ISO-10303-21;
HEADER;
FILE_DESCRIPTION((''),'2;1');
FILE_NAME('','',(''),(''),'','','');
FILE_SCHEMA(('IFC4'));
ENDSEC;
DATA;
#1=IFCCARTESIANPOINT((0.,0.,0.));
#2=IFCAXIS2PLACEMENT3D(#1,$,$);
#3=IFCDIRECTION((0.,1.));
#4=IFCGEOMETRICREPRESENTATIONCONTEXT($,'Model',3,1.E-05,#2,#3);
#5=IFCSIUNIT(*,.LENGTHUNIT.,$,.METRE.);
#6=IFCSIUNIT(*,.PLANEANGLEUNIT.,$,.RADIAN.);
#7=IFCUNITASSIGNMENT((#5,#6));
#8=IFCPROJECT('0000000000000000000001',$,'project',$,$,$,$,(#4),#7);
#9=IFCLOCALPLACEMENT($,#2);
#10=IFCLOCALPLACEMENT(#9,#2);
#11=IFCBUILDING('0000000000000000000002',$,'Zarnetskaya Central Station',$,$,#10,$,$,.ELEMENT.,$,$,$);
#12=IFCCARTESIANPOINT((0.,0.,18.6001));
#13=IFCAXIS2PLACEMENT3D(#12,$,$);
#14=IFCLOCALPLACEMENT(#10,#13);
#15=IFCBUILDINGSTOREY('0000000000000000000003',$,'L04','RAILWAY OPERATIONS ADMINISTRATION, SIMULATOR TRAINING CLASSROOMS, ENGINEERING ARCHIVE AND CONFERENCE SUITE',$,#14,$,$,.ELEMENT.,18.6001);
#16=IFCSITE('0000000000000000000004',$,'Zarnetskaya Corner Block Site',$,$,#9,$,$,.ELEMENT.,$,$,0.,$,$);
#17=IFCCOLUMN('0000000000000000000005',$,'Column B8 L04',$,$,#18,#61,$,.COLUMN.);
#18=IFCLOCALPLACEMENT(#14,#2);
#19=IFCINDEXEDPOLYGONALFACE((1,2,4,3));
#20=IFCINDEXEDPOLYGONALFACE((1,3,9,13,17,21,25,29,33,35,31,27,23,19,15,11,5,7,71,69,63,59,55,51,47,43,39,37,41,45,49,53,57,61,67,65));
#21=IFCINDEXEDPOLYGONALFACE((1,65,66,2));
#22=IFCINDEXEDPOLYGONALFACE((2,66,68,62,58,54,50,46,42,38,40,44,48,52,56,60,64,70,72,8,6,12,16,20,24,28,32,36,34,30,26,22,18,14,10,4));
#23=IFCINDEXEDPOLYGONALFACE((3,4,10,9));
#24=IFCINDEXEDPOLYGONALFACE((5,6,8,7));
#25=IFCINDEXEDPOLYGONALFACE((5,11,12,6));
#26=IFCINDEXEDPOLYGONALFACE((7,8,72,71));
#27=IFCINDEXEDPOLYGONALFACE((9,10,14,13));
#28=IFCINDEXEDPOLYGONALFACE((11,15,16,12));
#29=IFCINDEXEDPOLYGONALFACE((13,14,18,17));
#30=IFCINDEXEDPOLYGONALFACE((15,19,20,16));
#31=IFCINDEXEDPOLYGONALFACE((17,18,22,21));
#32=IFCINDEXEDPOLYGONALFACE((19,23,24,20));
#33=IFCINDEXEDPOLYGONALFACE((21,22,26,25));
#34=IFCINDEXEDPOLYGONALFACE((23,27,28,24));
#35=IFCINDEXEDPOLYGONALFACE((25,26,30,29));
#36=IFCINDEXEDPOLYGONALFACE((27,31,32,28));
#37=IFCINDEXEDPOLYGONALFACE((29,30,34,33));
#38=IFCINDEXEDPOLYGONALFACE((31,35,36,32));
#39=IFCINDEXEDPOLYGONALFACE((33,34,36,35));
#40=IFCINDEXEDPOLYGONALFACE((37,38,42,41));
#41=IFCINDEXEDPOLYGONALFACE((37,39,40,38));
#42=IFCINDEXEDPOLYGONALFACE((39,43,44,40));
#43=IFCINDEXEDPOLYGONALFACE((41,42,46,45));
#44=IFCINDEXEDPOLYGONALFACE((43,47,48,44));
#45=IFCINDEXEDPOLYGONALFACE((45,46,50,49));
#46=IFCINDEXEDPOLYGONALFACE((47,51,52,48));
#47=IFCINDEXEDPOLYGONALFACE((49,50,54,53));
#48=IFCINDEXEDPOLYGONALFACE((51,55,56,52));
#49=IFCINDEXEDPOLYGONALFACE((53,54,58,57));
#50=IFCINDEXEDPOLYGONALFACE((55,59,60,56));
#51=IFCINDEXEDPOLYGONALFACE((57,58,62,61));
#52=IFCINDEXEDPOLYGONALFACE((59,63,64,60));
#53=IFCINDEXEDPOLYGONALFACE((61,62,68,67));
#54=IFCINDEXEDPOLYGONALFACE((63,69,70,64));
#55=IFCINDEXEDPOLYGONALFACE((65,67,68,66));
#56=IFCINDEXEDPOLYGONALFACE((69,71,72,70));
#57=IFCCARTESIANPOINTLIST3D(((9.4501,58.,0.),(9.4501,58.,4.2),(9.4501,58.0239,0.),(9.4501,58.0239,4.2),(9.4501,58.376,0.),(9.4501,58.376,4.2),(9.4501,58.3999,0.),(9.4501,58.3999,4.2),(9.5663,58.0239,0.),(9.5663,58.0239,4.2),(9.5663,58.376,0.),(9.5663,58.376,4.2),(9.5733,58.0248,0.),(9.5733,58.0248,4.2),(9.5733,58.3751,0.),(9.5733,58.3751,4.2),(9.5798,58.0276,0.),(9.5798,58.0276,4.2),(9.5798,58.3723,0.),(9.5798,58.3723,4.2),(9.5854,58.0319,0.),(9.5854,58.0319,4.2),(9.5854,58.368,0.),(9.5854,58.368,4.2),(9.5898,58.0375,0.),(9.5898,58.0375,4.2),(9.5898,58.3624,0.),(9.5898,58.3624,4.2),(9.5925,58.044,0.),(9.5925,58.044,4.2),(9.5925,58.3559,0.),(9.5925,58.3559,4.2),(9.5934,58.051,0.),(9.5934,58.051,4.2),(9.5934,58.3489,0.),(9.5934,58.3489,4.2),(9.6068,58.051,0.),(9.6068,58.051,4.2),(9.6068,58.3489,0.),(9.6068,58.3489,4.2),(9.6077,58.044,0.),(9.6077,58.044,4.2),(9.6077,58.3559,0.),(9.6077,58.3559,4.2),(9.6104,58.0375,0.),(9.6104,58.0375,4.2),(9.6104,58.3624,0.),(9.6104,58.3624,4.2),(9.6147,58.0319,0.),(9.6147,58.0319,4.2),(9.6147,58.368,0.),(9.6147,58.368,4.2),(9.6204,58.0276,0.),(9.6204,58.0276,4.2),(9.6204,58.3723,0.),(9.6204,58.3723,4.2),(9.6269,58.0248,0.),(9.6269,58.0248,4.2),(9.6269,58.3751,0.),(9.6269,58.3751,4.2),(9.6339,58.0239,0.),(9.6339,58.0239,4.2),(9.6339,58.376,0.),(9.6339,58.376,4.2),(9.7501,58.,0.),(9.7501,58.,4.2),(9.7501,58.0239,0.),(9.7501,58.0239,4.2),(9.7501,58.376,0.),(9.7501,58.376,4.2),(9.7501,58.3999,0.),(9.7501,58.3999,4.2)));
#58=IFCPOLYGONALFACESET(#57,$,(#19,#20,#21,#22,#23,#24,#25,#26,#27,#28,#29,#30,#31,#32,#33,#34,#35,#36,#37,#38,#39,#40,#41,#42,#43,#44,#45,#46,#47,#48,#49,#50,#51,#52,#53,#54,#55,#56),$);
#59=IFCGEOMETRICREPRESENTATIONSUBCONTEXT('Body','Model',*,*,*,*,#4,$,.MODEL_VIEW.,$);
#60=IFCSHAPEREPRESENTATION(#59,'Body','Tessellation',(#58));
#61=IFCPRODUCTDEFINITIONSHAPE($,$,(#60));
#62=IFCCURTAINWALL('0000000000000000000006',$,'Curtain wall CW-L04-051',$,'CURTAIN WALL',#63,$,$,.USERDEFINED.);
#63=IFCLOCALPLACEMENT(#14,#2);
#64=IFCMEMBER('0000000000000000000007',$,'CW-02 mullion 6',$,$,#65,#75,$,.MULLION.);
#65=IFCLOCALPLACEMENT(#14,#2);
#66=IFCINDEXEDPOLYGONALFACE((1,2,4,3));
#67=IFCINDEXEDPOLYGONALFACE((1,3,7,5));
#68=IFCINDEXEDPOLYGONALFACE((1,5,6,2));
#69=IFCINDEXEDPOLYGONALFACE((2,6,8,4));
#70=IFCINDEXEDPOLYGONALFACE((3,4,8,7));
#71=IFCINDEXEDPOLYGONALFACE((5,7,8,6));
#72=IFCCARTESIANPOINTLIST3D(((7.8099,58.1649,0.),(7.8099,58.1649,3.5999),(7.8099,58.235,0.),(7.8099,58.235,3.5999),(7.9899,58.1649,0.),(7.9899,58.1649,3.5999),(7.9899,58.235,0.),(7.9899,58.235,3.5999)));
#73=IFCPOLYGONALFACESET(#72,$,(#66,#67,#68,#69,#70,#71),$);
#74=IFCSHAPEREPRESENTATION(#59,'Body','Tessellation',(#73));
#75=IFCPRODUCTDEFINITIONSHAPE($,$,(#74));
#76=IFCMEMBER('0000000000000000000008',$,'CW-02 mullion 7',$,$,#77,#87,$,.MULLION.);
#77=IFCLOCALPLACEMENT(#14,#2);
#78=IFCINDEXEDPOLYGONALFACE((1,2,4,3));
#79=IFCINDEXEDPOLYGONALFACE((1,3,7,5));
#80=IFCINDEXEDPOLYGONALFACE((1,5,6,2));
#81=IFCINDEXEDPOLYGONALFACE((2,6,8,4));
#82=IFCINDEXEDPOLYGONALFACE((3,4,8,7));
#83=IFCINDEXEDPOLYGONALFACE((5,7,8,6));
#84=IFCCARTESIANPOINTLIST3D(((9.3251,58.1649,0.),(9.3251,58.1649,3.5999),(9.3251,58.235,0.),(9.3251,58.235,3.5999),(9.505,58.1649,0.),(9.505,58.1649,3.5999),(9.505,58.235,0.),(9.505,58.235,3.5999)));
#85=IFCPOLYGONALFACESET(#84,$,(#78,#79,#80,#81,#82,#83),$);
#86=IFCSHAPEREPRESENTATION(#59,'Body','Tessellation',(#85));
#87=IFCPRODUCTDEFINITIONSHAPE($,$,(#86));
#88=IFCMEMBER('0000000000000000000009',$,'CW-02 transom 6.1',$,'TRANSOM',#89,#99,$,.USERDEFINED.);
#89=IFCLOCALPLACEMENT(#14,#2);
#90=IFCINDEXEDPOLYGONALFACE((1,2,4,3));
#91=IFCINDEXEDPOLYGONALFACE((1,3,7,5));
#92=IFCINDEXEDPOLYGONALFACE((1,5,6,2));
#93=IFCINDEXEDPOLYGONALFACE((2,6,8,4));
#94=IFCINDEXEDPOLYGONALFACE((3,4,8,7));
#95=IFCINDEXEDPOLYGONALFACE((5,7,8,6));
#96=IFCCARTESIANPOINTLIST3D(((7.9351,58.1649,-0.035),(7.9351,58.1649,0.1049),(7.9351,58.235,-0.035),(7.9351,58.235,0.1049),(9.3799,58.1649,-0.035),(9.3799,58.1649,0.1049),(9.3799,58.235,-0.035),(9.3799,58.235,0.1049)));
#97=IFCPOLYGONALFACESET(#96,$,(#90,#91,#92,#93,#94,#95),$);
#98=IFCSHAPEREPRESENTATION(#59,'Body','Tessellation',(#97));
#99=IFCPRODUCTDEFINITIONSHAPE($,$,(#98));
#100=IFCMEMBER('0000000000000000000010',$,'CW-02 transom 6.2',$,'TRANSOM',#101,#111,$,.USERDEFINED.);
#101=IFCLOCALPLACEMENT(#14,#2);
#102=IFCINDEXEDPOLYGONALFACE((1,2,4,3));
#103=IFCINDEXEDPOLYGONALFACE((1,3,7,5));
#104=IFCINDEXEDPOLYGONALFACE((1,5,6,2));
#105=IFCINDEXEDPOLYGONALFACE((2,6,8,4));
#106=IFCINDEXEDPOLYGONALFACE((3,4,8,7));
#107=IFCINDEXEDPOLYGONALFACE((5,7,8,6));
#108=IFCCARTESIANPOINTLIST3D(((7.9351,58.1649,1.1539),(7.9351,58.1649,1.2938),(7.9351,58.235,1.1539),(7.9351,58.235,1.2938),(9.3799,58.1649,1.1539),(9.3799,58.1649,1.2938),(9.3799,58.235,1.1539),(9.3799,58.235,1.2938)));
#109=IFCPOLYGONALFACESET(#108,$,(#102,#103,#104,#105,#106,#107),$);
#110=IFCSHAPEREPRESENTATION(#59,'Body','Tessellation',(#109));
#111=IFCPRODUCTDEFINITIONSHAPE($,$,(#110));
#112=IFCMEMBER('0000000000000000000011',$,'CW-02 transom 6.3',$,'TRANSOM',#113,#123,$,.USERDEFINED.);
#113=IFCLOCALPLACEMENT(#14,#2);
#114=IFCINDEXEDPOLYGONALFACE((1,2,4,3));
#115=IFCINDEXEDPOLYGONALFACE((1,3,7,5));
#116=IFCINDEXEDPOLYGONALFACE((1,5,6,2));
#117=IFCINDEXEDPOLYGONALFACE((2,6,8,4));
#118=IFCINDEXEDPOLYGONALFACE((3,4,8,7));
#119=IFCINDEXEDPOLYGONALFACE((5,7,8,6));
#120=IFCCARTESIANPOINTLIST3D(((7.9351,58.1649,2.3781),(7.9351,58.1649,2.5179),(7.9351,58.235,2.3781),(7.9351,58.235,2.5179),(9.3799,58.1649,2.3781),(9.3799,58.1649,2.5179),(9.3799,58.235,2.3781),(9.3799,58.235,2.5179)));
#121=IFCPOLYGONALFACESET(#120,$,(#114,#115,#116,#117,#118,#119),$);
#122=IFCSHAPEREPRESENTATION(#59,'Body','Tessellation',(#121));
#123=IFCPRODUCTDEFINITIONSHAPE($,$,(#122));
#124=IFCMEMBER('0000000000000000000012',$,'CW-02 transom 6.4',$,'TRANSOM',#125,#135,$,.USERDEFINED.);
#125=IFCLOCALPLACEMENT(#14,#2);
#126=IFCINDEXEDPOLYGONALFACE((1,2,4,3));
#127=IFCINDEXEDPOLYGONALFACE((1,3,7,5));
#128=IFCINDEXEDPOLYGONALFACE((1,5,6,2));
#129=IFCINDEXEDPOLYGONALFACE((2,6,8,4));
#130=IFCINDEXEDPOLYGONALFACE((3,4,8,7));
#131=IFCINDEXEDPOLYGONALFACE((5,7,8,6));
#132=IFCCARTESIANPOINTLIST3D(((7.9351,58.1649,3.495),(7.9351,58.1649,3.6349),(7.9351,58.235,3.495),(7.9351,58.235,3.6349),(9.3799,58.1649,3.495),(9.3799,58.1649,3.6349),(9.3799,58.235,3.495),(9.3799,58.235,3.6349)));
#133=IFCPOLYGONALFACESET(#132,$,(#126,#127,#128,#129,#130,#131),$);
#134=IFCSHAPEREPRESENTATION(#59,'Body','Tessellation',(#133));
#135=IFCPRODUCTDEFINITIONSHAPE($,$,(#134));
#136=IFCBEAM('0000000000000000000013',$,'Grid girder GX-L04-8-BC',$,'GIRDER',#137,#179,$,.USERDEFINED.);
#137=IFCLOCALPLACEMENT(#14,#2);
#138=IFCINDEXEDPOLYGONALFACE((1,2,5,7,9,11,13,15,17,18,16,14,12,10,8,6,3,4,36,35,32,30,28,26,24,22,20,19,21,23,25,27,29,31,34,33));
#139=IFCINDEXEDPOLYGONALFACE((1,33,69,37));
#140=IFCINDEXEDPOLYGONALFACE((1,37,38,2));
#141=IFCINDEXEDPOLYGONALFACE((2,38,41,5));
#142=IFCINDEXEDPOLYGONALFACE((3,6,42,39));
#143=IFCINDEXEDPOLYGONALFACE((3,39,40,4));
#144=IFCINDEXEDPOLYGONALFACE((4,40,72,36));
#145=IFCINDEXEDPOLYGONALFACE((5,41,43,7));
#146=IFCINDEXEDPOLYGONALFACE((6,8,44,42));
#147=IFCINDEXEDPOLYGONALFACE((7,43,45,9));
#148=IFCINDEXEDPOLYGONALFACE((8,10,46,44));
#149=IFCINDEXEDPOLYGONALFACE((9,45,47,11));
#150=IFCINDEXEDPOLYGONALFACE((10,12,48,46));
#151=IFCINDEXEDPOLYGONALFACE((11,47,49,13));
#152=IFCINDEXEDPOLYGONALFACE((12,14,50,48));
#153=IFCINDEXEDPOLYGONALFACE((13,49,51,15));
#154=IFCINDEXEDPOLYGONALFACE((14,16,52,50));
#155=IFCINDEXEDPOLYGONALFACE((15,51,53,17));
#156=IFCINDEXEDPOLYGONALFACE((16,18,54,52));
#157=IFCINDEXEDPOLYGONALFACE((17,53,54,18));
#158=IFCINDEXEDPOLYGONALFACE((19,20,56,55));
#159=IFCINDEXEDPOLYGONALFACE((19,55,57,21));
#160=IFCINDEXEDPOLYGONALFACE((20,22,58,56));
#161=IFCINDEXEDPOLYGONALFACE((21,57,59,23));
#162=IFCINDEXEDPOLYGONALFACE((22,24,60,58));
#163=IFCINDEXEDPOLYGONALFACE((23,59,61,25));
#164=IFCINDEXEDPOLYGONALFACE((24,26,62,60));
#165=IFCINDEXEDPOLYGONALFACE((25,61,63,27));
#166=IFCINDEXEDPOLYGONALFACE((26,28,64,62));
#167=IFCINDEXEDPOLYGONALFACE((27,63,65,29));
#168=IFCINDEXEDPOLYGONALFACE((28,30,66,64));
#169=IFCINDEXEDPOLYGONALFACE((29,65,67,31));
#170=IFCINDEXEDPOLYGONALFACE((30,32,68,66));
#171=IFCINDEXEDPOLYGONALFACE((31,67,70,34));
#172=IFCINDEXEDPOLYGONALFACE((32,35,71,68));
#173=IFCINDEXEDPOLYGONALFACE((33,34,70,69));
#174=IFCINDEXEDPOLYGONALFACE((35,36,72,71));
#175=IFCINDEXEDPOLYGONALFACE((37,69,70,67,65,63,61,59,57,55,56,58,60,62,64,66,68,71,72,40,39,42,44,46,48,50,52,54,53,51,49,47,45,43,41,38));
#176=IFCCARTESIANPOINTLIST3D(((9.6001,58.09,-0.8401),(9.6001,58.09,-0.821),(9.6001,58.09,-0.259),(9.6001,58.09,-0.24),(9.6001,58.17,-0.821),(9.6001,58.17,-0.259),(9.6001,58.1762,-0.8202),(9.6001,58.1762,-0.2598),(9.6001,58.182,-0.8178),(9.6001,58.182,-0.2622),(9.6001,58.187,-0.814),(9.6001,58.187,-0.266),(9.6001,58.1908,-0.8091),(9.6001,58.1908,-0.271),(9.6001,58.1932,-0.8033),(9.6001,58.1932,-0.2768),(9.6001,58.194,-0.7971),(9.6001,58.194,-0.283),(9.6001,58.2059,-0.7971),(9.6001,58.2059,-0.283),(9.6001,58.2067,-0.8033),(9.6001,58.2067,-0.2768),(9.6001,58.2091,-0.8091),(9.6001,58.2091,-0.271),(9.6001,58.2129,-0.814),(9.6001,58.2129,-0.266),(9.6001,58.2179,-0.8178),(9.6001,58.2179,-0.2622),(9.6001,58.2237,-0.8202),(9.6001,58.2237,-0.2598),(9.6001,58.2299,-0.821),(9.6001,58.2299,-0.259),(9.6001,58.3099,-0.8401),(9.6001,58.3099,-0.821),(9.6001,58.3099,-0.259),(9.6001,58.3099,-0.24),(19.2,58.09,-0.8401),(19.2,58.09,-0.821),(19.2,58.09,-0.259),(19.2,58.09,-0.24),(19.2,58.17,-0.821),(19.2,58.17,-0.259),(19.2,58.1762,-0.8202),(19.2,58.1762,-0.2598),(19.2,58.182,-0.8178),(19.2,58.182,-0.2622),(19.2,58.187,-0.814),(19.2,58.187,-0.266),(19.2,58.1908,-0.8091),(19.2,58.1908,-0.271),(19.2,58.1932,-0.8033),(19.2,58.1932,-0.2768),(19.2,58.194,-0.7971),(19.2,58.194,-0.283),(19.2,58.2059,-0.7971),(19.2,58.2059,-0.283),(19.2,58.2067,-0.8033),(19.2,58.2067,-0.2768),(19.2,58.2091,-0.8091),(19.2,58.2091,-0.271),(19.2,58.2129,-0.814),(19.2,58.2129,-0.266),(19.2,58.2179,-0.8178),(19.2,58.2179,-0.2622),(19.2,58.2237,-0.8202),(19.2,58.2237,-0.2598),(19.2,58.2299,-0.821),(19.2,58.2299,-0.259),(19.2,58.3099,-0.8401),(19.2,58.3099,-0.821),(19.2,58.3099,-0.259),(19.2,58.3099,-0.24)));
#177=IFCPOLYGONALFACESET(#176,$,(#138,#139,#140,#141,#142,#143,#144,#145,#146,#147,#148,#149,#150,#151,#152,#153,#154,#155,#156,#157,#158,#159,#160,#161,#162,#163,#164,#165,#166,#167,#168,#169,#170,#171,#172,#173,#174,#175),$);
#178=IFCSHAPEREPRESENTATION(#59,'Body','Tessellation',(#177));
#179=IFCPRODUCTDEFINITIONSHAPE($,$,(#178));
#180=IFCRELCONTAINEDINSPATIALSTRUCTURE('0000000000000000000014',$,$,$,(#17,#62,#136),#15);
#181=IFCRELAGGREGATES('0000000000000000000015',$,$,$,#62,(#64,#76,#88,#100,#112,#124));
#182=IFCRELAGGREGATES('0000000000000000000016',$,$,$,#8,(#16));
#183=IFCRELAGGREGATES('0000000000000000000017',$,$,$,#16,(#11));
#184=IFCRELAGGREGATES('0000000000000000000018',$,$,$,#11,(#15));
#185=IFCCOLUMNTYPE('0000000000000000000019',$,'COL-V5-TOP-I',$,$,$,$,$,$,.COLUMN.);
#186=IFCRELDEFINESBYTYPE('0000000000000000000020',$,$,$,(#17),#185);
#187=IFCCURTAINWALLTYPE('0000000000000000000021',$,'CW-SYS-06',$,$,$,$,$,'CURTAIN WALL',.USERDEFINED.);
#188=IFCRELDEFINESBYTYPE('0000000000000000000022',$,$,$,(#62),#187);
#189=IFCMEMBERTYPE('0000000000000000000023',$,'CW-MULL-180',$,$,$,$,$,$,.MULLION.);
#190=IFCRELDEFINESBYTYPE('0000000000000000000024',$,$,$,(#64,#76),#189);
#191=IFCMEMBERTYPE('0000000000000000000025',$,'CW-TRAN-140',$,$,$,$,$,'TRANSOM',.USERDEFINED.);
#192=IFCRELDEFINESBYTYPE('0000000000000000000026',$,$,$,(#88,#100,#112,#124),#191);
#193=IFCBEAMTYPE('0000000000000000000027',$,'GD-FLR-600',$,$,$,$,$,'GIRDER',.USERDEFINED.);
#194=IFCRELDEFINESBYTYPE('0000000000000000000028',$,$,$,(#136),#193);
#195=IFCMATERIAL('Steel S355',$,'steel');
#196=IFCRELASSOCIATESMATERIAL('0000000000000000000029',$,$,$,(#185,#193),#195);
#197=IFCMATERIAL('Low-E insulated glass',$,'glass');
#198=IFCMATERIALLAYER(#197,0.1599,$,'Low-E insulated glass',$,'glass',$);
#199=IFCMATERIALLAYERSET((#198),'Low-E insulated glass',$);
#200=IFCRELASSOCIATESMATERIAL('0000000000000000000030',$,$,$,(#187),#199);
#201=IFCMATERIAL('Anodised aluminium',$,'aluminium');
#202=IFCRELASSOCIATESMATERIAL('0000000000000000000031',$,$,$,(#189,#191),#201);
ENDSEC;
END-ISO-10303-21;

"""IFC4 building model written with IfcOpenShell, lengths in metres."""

from ifc_helpers import new_model, si_unit, direction, frame, origin, origin_2d, place, context, subcontext, project, spatial, rectangle, i_section, extrude, material, layer, layer_set, material_profile, profile_set, type_object, element, aggregate, save


model = new_model("IFC4")

# Units and contexts
model_context = context("Model", 3, precision=1e-05, world=origin(), true_north=direction((0.0, 1.0)))
body_context = subcontext(model_context, "Body", "Model", "MODEL_VIEW")
ifc_project = project(units=[si_unit("LENGTHUNIT", "METRE"), si_unit("PLANEANGLEUNIT", "RADIAN")], contexts=[model_context])

# Site, building, storey
site_placement = place(None, origin())
site = spatial("IfcSite", under=ifc_project, at=site_placement, Name="Zarnetskaya Corner Block Site", CompositionType="ELEMENT", RefElevation=0.0)
building_placement = place(site_placement, origin())
building = spatial("IfcBuilding", under=site, at=building_placement, Name="Zarnetskaya Central Station", CompositionType="ELEMENT")
storey_placement = place(building_placement, frame((0.0, 0.0, 18.6001)))
storey = spatial("IfcBuildingStorey", under=building, at=storey_placement, Name="L04", Description="RAILWAY OPERATIONS ADMINISTRATION, SIMULATOR TRAINING CLASSROOMS, ENGINEERING ARCHIVE AND CONFERENCE SUITE", CompositionType="ELEMENT", Elevation=18.6001)

# Column
ifc_material_1 = material(Name="Steel S355", Category="steel")
ifc_material_profile_1 = material_profile(ifc_material_1, i_section(OverallWidth=0.3, OverallDepth=0.3999, WebThickness=0.0134, FlangeThickness=0.0239, FilletRadius=0.0271, at=origin_2d()), Name="HEB 400")
ifc_profile_set_1 = profile_set([ifc_material_profile_1], Name="Steel S355")
column_type = type_object("IfcColumnType", Name="COL-V5-TOP-I", PredefinedType="COLUMN", material=ifc_profile_set_1)
column_placement = place(storey_placement, frame((9.6001, 58.2, 0.0), z_axis=(0.0, 0.0, 1.0), x_axis=(1.0, 0.0, 0.0)))
element("IfcColumn", 1, at=column_placement, inside=storey, type_object=column_type, Name="Column B8 L04", PredefinedType="COLUMN", context=body_context, shape_type="SweptSolid", body=[
    extrude(i_section(OverallWidth=0.3, OverallDepth=0.3999, WebThickness=0.0134, FlangeThickness=0.0239, FilletRadius=0.0271, at=origin_2d()), origin(), (0.0, 0.0, 1.0), 4.2),
])

# Curtain wall, members
ifc_material_2 = material(Name="Low-E insulated glass", Category="glass")
ifc_layer_1 = layer(ifc_material_2, 0.1599, Name="Low-E insulated glass", Category="glass")
ifc_layer_set_1 = layer_set([ifc_layer_1], Name="Low-E insulated glass")
curtain_wall_type = type_object("IfcCurtainWallType", Name="CW-SYS-06", ElementType="CURTAIN WALL", PredefinedType="USERDEFINED", material=ifc_layer_set_1)
curtain_wall_placement = place(storey_placement, origin())
curtain_wall = element("IfcCurtainWall", 2, at=curtain_wall_placement, inside=storey, type_object=curtain_wall_type, Name="Curtain wall CW-L04-051", ObjectType="CURTAIN WALL", PredefinedType="USERDEFINED")
ifc_material_3 = material(Name="Anodised aluminium", Category="aluminium")
ifc_material_profile_2 = material_profile(ifc_material_3, rectangle(XDim=0.0701, YDim=0.1799, at=origin_2d()), Name="ALU MULL 70x180")
ifc_profile_set_2 = profile_set([ifc_material_profile_2], Name="Anodised aluminium")
member_type_1 = type_object("IfcMemberType", Name="CW-MULL-180", PredefinedType="MULLION", material=ifc_profile_set_2)
member_1_placement = place(storey_placement, frame((7.8999, 58.2, 0.0), z_axis=(0.0, 0.0, 1.0), x_axis=(0.0, 1.0, 0.0)))
member_1 = element("IfcMember", 3, at=member_1_placement, type_object=member_type_1, Name="CW-02 mullion 6", PredefinedType="MULLION", context=body_context, shape_type="SweptSolid", body=[
    extrude(rectangle(XDim=0.0701, YDim=0.1799, at=origin_2d()), origin(), (0.0, 0.0, 1.0), 3.5999),
])
member_2_placement = place(storey_placement, frame((9.415, 58.2, 0.0), z_axis=(0.0, 0.0, 1.0), x_axis=(0.0, 1.0, 0.0)))
member_2 = element("IfcMember", 4, at=member_2_placement, type_object=member_type_1, Name="CW-02 mullion 7", PredefinedType="MULLION", context=body_context, shape_type="SweptSolid", body=[
    extrude(rectangle(XDim=0.0701, YDim=0.1799, at=origin_2d()), origin(), (0.0, 0.0, 1.0), 3.5999),
])
ifc_material_profile_3 = material_profile(ifc_material_3, rectangle(XDim=0.0701, YDim=0.1399, at=origin_2d()), Name="ALU TRAN 70x140")
ifc_profile_set_3 = profile_set([ifc_material_profile_3], Name="Anodised aluminium")
member_type_2 = type_object("IfcMemberType", Name="CW-TRAN-140", ElementType="TRANSOM", PredefinedType="USERDEFINED", material=ifc_profile_set_3)
member_3_placement = place(storey_placement, frame((7.9351, 58.2, 0.0349), z_axis=(1.0, 0.0, 0.0), x_axis=(0.0, 1.0, 0.0)))
member_3 = element("IfcMember", 5, at=member_3_placement, type_object=member_type_2, Name="CW-02 transom 6.1", ObjectType="TRANSOM", PredefinedType="USERDEFINED", context=body_context, shape_type="SweptSolid", body=[
    extrude(rectangle(XDim=0.0701, YDim=0.1399, at=origin_2d()), origin(), (0.0, 0.0, 1.0), 1.4448),
])
member_4_placement = place(storey_placement, frame((7.9351, 58.2, 1.2239), z_axis=(1.0, 0.0, 0.0), x_axis=(0.0, 1.0, 0.0)))
member_4 = element("IfcMember", 6, at=member_4_placement, type_object=member_type_2, Name="CW-02 transom 6.2", ObjectType="TRANSOM", PredefinedType="USERDEFINED", context=body_context, shape_type="SweptSolid", body=[
    extrude(rectangle(XDim=0.0701, YDim=0.1399, at=origin_2d()), origin(), (0.0, 0.0, 1.0), 1.4448),
])
member_5_placement = place(storey_placement, frame((7.9351, 58.2, 2.448), z_axis=(1.0, 0.0, 0.0), x_axis=(0.0, 1.0, 0.0)))
member_5 = element("IfcMember", 7, at=member_5_placement, type_object=member_type_2, Name="CW-02 transom 6.3", ObjectType="TRANSOM", PredefinedType="USERDEFINED", context=body_context, shape_type="SweptSolid", body=[
    extrude(rectangle(XDim=0.0701, YDim=0.1399, at=origin_2d()), origin(), (0.0, 0.0, 1.0), 1.4448),
])
member_6_placement = place(storey_placement, frame((7.9351, 58.2, 3.5649), z_axis=(1.0, 0.0, 0.0), x_axis=(0.0, 1.0, 0.0)))
member_6 = element("IfcMember", 8, at=member_6_placement, type_object=member_type_2, Name="CW-02 transom 6.4", ObjectType="TRANSOM", PredefinedType="USERDEFINED", context=body_context, shape_type="SweptSolid", body=[
    extrude(rectangle(XDim=0.0701, YDim=0.1399, at=origin_2d()), origin(), (0.0, 0.0, 1.0), 1.4448),
])

# Beam
ifc_material_profile_4 = material_profile(ifc_material_1, i_section(OverallWidth=0.22, OverallDepth=0.6001, WebThickness=0.012, FlangeThickness=0.019, FilletRadius=0.0239, at=origin_2d()), Name="IPE 600")
ifc_profile_set_4 = profile_set([ifc_material_profile_4], Name="Steel S355")
beam_type = type_object("IfcBeamType", Name="GD-FLR-600", ElementType="GIRDER", PredefinedType="USERDEFINED", material=ifc_profile_set_4)
beam_placement = place(storey_placement, frame((9.6001, 58.2, -0.54), z_axis=(1.0, 0.0, 0.0), x_axis=(0.0, 1.0, 0.0)))
element("IfcBeam", 9, at=beam_placement, inside=storey, type_object=beam_type, Name="Grid girder GX-L04-8-BC", ObjectType="GIRDER", PredefinedType="USERDEFINED", context=body_context, shape_type="SweptSolid", body=[
    extrude(i_section(OverallWidth=0.22, OverallDepth=0.6001, WebThickness=0.012, FlangeThickness=0.019, FilletRadius=0.0239, at=origin_2d()), origin(), (0.0, 0.0, 1.0), 9.5999),
])

aggregate(curtain_wall, [member_1, member_2, member_3, member_4, member_5, member_6])

save(model, "model.ifc")
